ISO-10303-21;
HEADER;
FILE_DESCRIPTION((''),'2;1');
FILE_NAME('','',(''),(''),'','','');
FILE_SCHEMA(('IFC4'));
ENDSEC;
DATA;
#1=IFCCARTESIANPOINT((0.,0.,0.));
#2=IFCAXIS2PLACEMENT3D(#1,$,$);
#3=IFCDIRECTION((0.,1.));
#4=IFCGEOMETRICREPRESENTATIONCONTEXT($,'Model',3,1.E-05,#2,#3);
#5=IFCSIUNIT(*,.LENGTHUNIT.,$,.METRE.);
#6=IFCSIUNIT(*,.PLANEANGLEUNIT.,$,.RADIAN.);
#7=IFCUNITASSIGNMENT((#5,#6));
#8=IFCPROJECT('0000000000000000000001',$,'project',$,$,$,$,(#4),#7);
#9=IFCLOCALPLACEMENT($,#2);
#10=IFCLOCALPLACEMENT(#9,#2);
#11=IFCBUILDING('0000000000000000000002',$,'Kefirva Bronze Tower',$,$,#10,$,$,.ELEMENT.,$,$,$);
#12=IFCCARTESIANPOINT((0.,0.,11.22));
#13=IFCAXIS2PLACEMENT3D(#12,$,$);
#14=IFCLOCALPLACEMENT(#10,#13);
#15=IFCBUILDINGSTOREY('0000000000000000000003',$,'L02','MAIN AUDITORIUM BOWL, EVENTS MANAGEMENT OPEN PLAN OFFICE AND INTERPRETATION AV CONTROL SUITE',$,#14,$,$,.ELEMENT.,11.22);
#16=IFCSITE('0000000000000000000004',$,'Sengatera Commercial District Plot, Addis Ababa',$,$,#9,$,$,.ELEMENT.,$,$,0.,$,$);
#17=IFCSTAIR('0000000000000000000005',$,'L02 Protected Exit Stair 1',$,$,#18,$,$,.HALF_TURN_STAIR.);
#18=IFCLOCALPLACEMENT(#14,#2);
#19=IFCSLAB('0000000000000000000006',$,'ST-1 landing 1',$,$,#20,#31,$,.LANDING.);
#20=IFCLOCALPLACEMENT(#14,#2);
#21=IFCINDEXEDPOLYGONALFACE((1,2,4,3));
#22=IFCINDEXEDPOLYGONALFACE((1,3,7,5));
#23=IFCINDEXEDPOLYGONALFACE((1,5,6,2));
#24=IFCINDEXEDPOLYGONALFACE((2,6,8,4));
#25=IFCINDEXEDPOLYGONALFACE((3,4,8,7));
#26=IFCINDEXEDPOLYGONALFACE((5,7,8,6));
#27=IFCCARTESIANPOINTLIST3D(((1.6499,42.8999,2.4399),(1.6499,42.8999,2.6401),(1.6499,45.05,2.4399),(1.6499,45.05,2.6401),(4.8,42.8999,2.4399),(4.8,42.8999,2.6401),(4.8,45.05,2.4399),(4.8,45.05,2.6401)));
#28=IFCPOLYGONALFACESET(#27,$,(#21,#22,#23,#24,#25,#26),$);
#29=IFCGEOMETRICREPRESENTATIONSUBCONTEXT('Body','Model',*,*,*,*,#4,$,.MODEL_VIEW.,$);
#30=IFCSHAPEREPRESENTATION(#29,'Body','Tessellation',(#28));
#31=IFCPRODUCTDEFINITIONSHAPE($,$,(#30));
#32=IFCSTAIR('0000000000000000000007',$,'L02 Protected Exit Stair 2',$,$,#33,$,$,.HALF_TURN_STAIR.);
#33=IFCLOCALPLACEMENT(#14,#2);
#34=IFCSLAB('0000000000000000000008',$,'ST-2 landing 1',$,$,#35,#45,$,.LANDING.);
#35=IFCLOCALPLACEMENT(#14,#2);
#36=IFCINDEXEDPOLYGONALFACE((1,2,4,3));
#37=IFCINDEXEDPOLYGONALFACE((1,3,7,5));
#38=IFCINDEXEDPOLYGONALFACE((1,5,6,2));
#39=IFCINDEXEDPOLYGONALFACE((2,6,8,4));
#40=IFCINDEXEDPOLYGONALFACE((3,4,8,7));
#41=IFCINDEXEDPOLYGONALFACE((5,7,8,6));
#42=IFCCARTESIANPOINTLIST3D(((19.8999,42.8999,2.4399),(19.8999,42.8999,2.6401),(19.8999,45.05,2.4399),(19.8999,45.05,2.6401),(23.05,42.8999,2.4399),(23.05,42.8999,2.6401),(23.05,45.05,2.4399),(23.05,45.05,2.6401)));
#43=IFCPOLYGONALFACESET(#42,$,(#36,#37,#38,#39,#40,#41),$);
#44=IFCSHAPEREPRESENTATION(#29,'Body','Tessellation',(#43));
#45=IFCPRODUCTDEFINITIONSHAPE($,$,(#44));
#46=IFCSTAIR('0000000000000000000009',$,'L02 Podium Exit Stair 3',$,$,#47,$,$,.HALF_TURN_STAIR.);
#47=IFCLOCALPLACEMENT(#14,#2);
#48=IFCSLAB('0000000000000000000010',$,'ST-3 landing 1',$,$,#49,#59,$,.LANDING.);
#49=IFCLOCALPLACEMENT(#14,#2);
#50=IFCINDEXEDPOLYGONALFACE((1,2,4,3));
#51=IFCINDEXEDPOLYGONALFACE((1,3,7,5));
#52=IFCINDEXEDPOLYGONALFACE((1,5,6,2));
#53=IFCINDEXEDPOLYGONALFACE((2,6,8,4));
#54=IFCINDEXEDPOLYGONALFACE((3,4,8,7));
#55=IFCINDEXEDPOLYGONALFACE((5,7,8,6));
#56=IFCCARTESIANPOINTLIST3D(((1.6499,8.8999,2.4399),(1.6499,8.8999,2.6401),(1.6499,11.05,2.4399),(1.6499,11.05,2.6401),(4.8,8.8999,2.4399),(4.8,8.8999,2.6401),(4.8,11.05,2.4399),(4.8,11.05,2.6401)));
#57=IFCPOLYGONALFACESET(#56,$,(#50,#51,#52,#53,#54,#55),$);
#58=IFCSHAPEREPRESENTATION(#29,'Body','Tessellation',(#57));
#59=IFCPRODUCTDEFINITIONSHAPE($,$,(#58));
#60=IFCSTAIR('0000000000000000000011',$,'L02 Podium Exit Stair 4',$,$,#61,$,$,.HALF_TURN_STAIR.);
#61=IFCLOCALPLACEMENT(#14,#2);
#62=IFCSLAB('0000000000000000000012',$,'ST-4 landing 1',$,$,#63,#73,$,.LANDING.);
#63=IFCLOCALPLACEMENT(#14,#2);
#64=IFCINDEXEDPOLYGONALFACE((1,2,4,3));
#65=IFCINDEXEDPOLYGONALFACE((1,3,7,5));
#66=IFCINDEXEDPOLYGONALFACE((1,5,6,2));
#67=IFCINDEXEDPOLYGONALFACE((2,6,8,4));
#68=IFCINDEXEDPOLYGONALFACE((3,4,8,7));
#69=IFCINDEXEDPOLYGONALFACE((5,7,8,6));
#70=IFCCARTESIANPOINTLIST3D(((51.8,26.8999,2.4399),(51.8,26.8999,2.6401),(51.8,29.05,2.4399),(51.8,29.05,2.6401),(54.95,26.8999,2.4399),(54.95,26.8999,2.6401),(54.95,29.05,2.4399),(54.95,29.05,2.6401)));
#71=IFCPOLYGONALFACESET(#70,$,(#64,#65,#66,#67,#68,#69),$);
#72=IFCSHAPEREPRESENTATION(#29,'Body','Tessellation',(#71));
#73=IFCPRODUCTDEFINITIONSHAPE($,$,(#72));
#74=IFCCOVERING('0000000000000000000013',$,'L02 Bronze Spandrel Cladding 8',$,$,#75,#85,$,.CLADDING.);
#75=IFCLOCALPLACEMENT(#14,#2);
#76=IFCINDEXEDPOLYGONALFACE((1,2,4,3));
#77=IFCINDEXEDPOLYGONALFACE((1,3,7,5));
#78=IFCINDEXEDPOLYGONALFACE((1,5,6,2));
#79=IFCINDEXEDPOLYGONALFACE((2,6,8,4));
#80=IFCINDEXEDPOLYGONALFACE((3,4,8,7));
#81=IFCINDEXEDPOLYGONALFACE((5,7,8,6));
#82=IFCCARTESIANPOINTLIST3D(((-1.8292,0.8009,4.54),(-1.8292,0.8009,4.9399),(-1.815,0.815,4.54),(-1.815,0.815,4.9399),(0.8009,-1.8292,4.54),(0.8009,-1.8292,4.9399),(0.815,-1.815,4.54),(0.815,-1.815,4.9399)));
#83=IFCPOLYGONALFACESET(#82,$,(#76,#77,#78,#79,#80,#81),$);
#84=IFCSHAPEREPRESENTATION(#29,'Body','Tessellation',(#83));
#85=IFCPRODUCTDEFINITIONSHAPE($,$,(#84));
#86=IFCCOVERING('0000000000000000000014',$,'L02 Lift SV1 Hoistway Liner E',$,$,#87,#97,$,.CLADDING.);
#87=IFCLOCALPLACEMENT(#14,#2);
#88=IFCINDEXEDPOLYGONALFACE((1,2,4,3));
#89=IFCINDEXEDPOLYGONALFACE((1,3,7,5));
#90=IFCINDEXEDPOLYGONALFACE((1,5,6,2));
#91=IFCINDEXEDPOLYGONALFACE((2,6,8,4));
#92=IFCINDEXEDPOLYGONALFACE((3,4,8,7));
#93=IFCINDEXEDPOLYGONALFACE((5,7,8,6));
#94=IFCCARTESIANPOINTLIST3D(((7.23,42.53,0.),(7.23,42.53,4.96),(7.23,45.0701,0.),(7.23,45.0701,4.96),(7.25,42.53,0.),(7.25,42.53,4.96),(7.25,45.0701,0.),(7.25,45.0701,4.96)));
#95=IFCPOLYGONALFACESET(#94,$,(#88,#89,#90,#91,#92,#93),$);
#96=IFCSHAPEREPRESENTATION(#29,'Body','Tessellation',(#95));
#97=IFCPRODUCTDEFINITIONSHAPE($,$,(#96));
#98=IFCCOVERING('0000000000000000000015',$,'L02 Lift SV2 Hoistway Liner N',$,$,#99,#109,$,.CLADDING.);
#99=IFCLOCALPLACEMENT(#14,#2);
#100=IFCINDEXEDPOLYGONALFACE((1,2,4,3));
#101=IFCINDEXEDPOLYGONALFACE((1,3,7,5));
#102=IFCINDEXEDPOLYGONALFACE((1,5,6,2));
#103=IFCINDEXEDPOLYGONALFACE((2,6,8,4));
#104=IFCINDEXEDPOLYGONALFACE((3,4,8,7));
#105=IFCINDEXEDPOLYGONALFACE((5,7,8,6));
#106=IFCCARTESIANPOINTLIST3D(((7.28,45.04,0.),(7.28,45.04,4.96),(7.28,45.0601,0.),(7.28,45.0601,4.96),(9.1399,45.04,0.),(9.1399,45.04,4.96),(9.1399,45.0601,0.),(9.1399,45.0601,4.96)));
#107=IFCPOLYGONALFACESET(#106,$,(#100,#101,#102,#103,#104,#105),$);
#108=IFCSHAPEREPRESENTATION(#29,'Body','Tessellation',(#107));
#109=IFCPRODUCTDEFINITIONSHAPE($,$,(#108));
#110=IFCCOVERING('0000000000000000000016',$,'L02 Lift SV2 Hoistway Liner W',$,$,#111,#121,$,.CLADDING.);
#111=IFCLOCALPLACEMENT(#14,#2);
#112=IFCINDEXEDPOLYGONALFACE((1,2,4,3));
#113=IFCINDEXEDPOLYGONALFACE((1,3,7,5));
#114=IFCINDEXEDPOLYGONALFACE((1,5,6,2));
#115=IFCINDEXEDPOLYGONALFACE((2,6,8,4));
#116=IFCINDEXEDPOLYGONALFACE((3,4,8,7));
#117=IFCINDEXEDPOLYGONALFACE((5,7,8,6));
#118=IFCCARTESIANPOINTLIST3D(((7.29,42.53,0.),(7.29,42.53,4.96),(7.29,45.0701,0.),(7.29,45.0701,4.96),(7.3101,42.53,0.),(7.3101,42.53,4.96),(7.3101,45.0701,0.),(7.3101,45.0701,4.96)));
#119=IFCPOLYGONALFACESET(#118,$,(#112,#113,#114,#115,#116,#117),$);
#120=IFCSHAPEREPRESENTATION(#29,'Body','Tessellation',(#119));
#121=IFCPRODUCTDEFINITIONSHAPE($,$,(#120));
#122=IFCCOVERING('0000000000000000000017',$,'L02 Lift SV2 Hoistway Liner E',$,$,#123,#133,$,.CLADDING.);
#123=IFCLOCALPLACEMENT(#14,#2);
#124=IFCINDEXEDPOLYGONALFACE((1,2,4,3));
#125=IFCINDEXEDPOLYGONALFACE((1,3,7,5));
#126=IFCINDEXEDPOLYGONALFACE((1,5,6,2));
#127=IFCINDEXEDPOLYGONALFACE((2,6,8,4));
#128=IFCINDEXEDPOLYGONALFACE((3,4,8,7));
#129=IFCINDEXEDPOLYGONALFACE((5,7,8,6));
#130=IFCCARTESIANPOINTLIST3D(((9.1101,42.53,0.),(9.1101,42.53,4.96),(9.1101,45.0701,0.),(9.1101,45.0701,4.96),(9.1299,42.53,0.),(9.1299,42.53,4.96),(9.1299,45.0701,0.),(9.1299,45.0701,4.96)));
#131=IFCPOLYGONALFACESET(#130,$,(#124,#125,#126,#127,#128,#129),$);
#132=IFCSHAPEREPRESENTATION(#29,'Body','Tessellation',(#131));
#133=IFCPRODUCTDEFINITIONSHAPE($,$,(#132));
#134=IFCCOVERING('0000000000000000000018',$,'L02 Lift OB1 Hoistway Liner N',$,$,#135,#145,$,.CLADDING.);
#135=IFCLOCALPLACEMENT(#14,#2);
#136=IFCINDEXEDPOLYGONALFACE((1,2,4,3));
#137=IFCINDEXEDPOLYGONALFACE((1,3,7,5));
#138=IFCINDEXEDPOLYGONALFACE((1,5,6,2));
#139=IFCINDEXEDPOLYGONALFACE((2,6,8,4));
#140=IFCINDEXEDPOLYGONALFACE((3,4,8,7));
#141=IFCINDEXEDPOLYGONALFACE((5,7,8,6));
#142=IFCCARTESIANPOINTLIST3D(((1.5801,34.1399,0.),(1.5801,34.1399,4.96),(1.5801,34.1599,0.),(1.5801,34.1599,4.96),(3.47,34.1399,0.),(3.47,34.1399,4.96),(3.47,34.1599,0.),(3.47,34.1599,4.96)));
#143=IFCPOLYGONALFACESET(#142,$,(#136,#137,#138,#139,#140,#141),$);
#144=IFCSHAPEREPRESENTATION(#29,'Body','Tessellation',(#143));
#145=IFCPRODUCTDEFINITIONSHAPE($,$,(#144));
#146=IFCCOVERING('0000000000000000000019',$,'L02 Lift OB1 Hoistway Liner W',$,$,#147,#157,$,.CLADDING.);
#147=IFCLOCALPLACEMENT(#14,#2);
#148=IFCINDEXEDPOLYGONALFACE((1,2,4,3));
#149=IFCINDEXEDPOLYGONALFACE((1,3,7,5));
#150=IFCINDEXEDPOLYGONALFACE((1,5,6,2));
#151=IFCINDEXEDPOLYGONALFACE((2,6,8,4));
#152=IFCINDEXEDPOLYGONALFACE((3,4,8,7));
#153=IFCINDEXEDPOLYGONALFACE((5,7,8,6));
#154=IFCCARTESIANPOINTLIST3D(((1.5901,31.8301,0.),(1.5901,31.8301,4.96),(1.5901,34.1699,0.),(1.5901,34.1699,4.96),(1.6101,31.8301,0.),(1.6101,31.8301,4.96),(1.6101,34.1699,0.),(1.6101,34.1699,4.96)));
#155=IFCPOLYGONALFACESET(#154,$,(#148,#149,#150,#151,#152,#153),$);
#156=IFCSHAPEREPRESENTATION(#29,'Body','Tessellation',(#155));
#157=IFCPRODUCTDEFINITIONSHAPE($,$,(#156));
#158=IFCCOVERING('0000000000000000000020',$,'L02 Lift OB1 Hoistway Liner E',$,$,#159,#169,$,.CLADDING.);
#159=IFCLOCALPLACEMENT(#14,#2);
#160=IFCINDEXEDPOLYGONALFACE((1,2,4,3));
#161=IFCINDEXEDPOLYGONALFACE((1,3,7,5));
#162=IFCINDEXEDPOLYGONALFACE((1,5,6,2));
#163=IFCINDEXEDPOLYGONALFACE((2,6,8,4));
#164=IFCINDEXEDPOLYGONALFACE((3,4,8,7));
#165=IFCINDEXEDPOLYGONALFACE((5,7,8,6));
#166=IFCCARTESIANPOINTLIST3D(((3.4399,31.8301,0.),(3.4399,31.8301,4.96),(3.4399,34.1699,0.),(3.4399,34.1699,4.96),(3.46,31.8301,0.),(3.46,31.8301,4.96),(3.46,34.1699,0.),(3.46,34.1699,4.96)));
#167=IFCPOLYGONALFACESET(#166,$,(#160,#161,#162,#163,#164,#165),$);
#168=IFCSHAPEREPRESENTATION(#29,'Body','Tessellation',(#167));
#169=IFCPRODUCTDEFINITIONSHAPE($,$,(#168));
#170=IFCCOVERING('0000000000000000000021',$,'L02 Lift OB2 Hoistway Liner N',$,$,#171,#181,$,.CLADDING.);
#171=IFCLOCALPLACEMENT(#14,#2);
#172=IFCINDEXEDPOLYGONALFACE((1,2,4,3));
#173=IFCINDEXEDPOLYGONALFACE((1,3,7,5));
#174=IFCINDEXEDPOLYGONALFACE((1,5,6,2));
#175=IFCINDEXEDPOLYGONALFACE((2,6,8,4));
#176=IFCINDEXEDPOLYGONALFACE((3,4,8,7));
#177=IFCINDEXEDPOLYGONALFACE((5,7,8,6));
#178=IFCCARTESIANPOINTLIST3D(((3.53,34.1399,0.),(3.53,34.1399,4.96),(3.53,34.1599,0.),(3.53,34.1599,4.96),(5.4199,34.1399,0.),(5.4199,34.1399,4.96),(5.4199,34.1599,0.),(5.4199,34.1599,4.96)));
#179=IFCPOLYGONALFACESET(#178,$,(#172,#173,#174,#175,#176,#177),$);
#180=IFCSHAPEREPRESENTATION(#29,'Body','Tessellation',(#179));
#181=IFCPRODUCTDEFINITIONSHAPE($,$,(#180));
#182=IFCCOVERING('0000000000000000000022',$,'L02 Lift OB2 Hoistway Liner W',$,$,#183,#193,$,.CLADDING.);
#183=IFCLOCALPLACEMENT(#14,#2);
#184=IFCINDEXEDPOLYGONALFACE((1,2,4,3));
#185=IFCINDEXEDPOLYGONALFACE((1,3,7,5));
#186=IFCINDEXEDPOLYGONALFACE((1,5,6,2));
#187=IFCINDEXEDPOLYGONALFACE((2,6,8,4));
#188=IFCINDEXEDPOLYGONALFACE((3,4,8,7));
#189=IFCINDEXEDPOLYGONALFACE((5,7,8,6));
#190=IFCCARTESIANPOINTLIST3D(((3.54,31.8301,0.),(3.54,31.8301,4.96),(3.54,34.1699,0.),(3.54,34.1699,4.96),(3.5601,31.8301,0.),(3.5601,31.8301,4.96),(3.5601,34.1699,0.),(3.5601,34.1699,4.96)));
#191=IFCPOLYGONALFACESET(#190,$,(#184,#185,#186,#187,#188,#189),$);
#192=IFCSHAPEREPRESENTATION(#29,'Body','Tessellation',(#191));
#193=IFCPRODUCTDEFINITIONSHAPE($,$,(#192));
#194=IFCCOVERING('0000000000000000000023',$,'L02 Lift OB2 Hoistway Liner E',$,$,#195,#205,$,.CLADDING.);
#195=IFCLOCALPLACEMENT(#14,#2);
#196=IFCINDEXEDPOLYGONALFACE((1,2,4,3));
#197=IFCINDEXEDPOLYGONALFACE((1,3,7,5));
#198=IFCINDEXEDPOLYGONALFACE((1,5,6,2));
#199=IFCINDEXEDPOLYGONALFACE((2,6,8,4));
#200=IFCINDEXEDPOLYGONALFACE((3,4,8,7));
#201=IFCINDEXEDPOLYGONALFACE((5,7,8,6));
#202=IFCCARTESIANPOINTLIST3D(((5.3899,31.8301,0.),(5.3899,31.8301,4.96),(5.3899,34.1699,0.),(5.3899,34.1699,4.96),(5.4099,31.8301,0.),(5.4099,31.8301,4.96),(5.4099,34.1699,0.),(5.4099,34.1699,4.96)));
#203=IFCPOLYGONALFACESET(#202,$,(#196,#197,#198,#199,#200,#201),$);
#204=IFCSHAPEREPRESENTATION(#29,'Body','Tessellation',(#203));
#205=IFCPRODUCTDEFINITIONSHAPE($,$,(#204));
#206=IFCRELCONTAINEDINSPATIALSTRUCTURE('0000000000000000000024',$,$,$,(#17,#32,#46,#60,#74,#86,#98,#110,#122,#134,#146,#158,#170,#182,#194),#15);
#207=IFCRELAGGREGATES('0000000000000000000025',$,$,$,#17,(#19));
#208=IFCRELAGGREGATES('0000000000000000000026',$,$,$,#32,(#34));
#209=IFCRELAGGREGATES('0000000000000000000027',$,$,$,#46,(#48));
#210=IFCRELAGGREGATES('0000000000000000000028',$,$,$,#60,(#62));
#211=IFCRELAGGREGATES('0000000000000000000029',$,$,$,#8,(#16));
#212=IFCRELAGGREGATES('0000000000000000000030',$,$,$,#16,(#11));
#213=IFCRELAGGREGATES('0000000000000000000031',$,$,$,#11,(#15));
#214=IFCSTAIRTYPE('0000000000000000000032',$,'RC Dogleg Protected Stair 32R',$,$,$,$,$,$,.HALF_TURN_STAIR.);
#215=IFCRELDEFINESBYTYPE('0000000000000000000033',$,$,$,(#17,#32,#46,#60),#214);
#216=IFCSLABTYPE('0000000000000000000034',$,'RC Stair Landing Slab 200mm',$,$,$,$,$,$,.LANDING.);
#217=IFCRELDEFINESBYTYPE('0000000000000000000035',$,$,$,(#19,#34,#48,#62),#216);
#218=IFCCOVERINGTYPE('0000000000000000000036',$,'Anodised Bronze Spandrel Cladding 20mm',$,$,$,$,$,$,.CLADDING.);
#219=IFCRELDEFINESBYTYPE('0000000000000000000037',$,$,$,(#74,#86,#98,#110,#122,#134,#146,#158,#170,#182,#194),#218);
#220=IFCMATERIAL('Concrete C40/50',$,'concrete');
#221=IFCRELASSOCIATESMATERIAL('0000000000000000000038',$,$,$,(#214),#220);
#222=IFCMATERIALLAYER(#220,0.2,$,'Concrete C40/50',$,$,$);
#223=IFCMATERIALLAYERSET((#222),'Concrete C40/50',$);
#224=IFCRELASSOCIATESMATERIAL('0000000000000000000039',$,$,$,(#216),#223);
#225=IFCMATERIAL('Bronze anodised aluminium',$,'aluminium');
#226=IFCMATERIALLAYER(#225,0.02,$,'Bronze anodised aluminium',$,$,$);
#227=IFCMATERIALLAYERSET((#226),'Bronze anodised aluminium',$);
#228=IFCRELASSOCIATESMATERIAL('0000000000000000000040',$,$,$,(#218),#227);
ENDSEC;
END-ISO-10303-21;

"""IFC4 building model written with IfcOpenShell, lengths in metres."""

from ifc_helpers import new_model, si_unit, direction, frame, origin, origin_2d, place, context, subcontext, project, spatial, polyline, rectangle, outline, extrude, material, layer, layer_set, type_object, element, aggregate, save


model = new_model("IFC4")

# Units and contexts
model_context = context("Model", 3, precision=1e-05, world=origin(), true_north=direction((0.0, 1.0)))
body_context = subcontext(model_context, "Body", "Model", "MODEL_VIEW")
ifc_project = project(units=[si_unit("LENGTHUNIT", "METRE"), si_unit("PLANEANGLEUNIT", "RADIAN")], contexts=[model_context])

# Site, building, storey
site_placement = place(None, origin())
site = spatial("IfcSite", under=ifc_project, at=site_placement, Name="Sengatera Commercial District Plot, Addis Ababa", CompositionType="ELEMENT", RefElevation=0.0)
building_placement = place(site_placement, origin())
building = spatial("IfcBuilding", under=site, at=building_placement, Name="Kefirva Bronze Tower", CompositionType="ELEMENT")
storey_placement = place(building_placement, frame((0.0, 0.0, 11.22)))
storey = spatial("IfcBuildingStorey", under=building, at=storey_placement, Name="L02", Description="MAIN AUDITORIUM BOWL, EVENTS MANAGEMENT OPEN PLAN OFFICE AND INTERPRETATION AV CONTROL SUITE", CompositionType="ELEMENT", Elevation=11.22)

# Stairs, slabs
ifc_material_1 = material(Name="Concrete C40/50", Category="concrete")
stair_type = type_object("IfcStairType", Name="RC Dogleg Protected Stair 32R", PredefinedType="HALF_TURN_STAIR", material=ifc_material_1)
stair_1_placement = place(storey_placement, origin())
stair_1 = element("IfcStair", 1, at=stair_1_placement, inside=storey, type_object=stair_type, Name="L02 Protected Exit Stair 1", PredefinedType="HALF_TURN_STAIR")
ifc_layer_1 = layer(ifc_material_1, 0.2, Name="Concrete C40/50")
ifc_layer_set_1 = layer_set([ifc_layer_1], Name="Concrete C40/50")
slab_type = type_object("IfcSlabType", Name="RC Stair Landing Slab 200mm", PredefinedType="LANDING", material=ifc_layer_set_1)
slab_1_placement = place(storey_placement, frame((0.0, 0.0, 2.4399)))
slab_1 = element("IfcSlab", 2, at=slab_1_placement, type_object=slab_type, Name="ST-1 landing 1", PredefinedType="LANDING", context=body_context, shape_type="SweptSolid", body=[
    extrude(outline(polyline([(4.8, 42.8999), (4.8, 45.05), (1.6499, 45.05), (1.6499, 42.8999), (4.8, 42.8999)])), origin(), (0.0, 0.0, 1.0), 0.2002),
])
aggregate(stair_1, [slab_1])
stair_2_placement = place(storey_placement, origin())
stair_2 = element("IfcStair", 3, at=stair_2_placement, inside=storey, type_object=stair_type, Name="L02 Protected Exit Stair 2", PredefinedType="HALF_TURN_STAIR")
slab_2_placement = place(storey_placement, frame((0.0, 0.0, 2.4399)))
slab_2 = element("IfcSlab", 4, at=slab_2_placement, type_object=slab_type, Name="ST-2 landing 1", PredefinedType="LANDING", context=body_context, shape_type="SweptSolid", body=[
    extrude(outline(polyline([(23.05, 42.8999), (23.05, 45.05), (19.8999, 45.05), (19.8999, 42.8999), (23.05, 42.8999)])), origin(), (0.0, 0.0, 1.0), 0.2002),
])
aggregate(stair_2, [slab_2])
stair_3_placement = place(storey_placement, origin())
stair_3 = element("IfcStair", 5, at=stair_3_placement, inside=storey, type_object=stair_type, Name="L02 Podium Exit Stair 3", PredefinedType="HALF_TURN_STAIR")
slab_3_placement = place(storey_placement, frame((0.0, 0.0, 2.4399)))
slab_3 = element("IfcSlab", 6, at=slab_3_placement, type_object=slab_type, Name="ST-3 landing 1", PredefinedType="LANDING", context=body_context, shape_type="SweptSolid", body=[
    extrude(outline(polyline([(4.8, 8.8999), (4.8, 11.05), (1.6499, 11.05), (1.6499, 8.8999), (4.8, 8.8999)])), origin(), (0.0, 0.0, 1.0), 0.2002),
])
aggregate(stair_3, [slab_3])
stair_4_placement = place(storey_placement, origin())
stair_4 = element("IfcStair", 7, at=stair_4_placement, inside=storey, type_object=stair_type, Name="L02 Podium Exit Stair 4", PredefinedType="HALF_TURN_STAIR")
slab_4_placement = place(storey_placement, frame((0.0, 0.0, 2.4399)))
slab_4 = element("IfcSlab", 8, at=slab_4_placement, type_object=slab_type, Name="ST-4 landing 1", PredefinedType="LANDING", context=body_context, shape_type="SweptSolid", body=[
    extrude(outline(polyline([(54.95, 26.8999), (54.95, 29.05), (51.8, 29.05), (51.8, 26.8999), (54.95, 26.8999)])), origin(), (0.0, 0.0, 1.0), 0.2002),
])
aggregate(stair_4, [slab_4])

# Coverings
ifc_material_2 = material(Name="Bronze anodised aluminium", Category="aluminium")
ifc_layer_2 = layer(ifc_material_2, 0.02, Name="Bronze anodised aluminium")
ifc_layer_set_2 = layer_set([ifc_layer_2], Name="Bronze anodised aluminium")
covering_type_1 = type_object("IfcCoveringType", Name="Anodised Bronze Spandrel Cladding 20mm", PredefinedType="CLADDING", material=ifc_layer_set_2)
covering_1_placement = place(storey_placement, frame((-0.5071, -0.5071, 4.54), z_axis=(0.0, 0.0, 1.0), x_axis=(0.707107, -0.707107, 0.0)))
element("IfcCovering", 9, at=covering_1_placement, inside=storey, type_object=covering_type_1, Name="L02 Bronze Spandrel Cladding 8", PredefinedType="CLADDING", context=body_context, shape_type="SweptSolid", body=[
    extrude(rectangle(XDim=3.7195, YDim=0.02, at=origin_2d()), origin(), (0.0, 0.0, 1.0), 0.3999),
])
covering_2_placement = place(storey_placement, origin())
element("IfcCovering", 10, at=covering_2_placement, inside=storey, type_object=covering_type_1, Name="L02 Lift SV1 Hoistway Liner E", PredefinedType="CLADDING", context=body_context, shape_type="SweptSolid", body=[
    extrude(outline(polyline([(7.23, 42.53), (7.25, 42.53), (7.25, 45.0701), (7.23, 45.0701), (7.23, 42.53)])), origin(), (0.0, 0.0, 1.0), 4.96),
])
covering_3_placement = place(storey_placement, origin())
element("IfcCovering", 11, at=covering_3_placement, inside=storey, type_object=covering_type_1, Name="L02 Lift SV2 Hoistway Liner N", PredefinedType="CLADDING", context=body_context, shape_type="SweptSolid", body=[
    extrude(outline(polyline([(7.28, 45.04), (9.1399, 45.04), (9.1399, 45.0601), (7.28, 45.0601), (7.28, 45.04)])), origin(), (0.0, 0.0, 1.0), 4.96),
])
covering_4_placement = place(storey_placement, origin())
element("IfcCovering", 12, at=covering_4_placement, inside=storey, type_object=covering_type_1, Name="L02 Lift SV2 Hoistway Liner W", PredefinedType="CLADDING", context=body_context, shape_type="SweptSolid", body=[
    extrude(outline(polyline([(7.29, 42.53), (7.3101, 42.53), (7.3101, 45.0701), (7.29, 45.0701), (7.29, 42.53)])), origin(), (0.0, 0.0, 1.0), 4.96),
])
covering_5_placement = place(storey_placement, origin())
element("IfcCovering", 13, at=covering_5_placement, inside=storey, type_object=covering_type_1, Name="L02 Lift SV2 Hoistway Liner E", PredefinedType="CLADDING", context=body_context, shape_type="SweptSolid", body=[
    extrude(outline(polyline([(9.1101, 42.53), (9.1299, 42.53), (9.1299, 45.0701), (9.1101, 45.0701), (9.1101, 42.53)])), origin(), (0.0, 0.0, 1.0), 4.96),
])
covering_6_placement = place(storey_placement, origin())
element("IfcCovering", 14, at=covering_6_placement, inside=storey, type_object=covering_type_1, Name="L02 Lift OB1 Hoistway Liner N", PredefinedType="CLADDING", context=body_context, shape_type="SweptSolid", body=[
    extrude(outline(polyline([(1.5801, 34.1399), (3.47, 34.1399), (3.47, 34.1599), (1.5801, 34.1599), (1.5801, 34.1399)])), origin(), (0.0, 0.0, 1.0), 4.96),
])
covering_7_placement = place(storey_placement, origin())
element("IfcCovering", 15, at=covering_7_placement, inside=storey, type_object=covering_type_1, Name="L02 Lift OB1 Hoistway Liner W", PredefinedType="CLADDING", context=body_context, shape_type="SweptSolid", body=[
    extrude(outline(polyline([(1.5901, 31.8301), (1.6101, 31.8301), (1.6101, 34.1699), (1.5901, 34.1699), (1.5901, 31.8301)])), origin(), (0.0, 0.0, 1.0), 4.96),
])
covering_8_placement = place(storey_placement, origin())
element("IfcCovering", 16, at=covering_8_placement, inside=storey, type_object=covering_type_1, Name="L02 Lift OB1 Hoistway Liner E", PredefinedType="CLADDING", context=body_context, shape_type="SweptSolid", body=[
    extrude(outline(polyline([(3.4399, 31.8301), (3.46, 31.8301), (3.46, 34.1699), (3.4399, 34.1699), (3.4399, 31.8301)])), origin(), (0.0, 0.0, 1.0), 4.96),
])
covering_9_placement = place(storey_placement, origin())
element("IfcCovering", 17, at=covering_9_placement, inside=storey, type_object=covering_type_1, Name="L02 Lift OB2 Hoistway Liner N", PredefinedType="CLADDING", context=body_context, shape_type="SweptSolid", body=[
    extrude(outline(polyline([(3.53, 34.1399), (5.4199, 34.1399), (5.4199, 34.1599), (3.53, 34.1599), (3.53, 34.1399)])), origin(), (0.0, 0.0, 1.0), 4.96),
])
covering_10_placement = place(storey_placement, origin())
element("IfcCovering", 18, at=covering_10_placement, inside=storey, type_object=covering_type_1, Name="L02 Lift OB2 Hoistway Liner W", PredefinedType="CLADDING", context=body_context, shape_type="SweptSolid", body=[
    extrude(outline(polyline([(3.54, 31.8301), (3.5601, 31.8301), (3.5601, 34.1699), (3.54, 34.1699), (3.54, 31.8301)])), origin(), (0.0, 0.0, 1.0), 4.96),
])
covering_11_placement = place(storey_placement, origin())
element("IfcCovering", 19, at=covering_11_placement, inside=storey, type_object=covering_type_1, Name="L02 Lift OB2 Hoistway Liner E", PredefinedType="CLADDING", context=body_context, shape_type="SweptSolid", body=[
    extrude(outline(polyline([(5.3899, 31.8301), (5.4099, 31.8301), (5.4099, 34.1699), (5.3899, 34.1699), (5.3899, 31.8301)])), origin(), (0.0, 0.0, 1.0), 4.96),
])

save(model, "model.ifc")
